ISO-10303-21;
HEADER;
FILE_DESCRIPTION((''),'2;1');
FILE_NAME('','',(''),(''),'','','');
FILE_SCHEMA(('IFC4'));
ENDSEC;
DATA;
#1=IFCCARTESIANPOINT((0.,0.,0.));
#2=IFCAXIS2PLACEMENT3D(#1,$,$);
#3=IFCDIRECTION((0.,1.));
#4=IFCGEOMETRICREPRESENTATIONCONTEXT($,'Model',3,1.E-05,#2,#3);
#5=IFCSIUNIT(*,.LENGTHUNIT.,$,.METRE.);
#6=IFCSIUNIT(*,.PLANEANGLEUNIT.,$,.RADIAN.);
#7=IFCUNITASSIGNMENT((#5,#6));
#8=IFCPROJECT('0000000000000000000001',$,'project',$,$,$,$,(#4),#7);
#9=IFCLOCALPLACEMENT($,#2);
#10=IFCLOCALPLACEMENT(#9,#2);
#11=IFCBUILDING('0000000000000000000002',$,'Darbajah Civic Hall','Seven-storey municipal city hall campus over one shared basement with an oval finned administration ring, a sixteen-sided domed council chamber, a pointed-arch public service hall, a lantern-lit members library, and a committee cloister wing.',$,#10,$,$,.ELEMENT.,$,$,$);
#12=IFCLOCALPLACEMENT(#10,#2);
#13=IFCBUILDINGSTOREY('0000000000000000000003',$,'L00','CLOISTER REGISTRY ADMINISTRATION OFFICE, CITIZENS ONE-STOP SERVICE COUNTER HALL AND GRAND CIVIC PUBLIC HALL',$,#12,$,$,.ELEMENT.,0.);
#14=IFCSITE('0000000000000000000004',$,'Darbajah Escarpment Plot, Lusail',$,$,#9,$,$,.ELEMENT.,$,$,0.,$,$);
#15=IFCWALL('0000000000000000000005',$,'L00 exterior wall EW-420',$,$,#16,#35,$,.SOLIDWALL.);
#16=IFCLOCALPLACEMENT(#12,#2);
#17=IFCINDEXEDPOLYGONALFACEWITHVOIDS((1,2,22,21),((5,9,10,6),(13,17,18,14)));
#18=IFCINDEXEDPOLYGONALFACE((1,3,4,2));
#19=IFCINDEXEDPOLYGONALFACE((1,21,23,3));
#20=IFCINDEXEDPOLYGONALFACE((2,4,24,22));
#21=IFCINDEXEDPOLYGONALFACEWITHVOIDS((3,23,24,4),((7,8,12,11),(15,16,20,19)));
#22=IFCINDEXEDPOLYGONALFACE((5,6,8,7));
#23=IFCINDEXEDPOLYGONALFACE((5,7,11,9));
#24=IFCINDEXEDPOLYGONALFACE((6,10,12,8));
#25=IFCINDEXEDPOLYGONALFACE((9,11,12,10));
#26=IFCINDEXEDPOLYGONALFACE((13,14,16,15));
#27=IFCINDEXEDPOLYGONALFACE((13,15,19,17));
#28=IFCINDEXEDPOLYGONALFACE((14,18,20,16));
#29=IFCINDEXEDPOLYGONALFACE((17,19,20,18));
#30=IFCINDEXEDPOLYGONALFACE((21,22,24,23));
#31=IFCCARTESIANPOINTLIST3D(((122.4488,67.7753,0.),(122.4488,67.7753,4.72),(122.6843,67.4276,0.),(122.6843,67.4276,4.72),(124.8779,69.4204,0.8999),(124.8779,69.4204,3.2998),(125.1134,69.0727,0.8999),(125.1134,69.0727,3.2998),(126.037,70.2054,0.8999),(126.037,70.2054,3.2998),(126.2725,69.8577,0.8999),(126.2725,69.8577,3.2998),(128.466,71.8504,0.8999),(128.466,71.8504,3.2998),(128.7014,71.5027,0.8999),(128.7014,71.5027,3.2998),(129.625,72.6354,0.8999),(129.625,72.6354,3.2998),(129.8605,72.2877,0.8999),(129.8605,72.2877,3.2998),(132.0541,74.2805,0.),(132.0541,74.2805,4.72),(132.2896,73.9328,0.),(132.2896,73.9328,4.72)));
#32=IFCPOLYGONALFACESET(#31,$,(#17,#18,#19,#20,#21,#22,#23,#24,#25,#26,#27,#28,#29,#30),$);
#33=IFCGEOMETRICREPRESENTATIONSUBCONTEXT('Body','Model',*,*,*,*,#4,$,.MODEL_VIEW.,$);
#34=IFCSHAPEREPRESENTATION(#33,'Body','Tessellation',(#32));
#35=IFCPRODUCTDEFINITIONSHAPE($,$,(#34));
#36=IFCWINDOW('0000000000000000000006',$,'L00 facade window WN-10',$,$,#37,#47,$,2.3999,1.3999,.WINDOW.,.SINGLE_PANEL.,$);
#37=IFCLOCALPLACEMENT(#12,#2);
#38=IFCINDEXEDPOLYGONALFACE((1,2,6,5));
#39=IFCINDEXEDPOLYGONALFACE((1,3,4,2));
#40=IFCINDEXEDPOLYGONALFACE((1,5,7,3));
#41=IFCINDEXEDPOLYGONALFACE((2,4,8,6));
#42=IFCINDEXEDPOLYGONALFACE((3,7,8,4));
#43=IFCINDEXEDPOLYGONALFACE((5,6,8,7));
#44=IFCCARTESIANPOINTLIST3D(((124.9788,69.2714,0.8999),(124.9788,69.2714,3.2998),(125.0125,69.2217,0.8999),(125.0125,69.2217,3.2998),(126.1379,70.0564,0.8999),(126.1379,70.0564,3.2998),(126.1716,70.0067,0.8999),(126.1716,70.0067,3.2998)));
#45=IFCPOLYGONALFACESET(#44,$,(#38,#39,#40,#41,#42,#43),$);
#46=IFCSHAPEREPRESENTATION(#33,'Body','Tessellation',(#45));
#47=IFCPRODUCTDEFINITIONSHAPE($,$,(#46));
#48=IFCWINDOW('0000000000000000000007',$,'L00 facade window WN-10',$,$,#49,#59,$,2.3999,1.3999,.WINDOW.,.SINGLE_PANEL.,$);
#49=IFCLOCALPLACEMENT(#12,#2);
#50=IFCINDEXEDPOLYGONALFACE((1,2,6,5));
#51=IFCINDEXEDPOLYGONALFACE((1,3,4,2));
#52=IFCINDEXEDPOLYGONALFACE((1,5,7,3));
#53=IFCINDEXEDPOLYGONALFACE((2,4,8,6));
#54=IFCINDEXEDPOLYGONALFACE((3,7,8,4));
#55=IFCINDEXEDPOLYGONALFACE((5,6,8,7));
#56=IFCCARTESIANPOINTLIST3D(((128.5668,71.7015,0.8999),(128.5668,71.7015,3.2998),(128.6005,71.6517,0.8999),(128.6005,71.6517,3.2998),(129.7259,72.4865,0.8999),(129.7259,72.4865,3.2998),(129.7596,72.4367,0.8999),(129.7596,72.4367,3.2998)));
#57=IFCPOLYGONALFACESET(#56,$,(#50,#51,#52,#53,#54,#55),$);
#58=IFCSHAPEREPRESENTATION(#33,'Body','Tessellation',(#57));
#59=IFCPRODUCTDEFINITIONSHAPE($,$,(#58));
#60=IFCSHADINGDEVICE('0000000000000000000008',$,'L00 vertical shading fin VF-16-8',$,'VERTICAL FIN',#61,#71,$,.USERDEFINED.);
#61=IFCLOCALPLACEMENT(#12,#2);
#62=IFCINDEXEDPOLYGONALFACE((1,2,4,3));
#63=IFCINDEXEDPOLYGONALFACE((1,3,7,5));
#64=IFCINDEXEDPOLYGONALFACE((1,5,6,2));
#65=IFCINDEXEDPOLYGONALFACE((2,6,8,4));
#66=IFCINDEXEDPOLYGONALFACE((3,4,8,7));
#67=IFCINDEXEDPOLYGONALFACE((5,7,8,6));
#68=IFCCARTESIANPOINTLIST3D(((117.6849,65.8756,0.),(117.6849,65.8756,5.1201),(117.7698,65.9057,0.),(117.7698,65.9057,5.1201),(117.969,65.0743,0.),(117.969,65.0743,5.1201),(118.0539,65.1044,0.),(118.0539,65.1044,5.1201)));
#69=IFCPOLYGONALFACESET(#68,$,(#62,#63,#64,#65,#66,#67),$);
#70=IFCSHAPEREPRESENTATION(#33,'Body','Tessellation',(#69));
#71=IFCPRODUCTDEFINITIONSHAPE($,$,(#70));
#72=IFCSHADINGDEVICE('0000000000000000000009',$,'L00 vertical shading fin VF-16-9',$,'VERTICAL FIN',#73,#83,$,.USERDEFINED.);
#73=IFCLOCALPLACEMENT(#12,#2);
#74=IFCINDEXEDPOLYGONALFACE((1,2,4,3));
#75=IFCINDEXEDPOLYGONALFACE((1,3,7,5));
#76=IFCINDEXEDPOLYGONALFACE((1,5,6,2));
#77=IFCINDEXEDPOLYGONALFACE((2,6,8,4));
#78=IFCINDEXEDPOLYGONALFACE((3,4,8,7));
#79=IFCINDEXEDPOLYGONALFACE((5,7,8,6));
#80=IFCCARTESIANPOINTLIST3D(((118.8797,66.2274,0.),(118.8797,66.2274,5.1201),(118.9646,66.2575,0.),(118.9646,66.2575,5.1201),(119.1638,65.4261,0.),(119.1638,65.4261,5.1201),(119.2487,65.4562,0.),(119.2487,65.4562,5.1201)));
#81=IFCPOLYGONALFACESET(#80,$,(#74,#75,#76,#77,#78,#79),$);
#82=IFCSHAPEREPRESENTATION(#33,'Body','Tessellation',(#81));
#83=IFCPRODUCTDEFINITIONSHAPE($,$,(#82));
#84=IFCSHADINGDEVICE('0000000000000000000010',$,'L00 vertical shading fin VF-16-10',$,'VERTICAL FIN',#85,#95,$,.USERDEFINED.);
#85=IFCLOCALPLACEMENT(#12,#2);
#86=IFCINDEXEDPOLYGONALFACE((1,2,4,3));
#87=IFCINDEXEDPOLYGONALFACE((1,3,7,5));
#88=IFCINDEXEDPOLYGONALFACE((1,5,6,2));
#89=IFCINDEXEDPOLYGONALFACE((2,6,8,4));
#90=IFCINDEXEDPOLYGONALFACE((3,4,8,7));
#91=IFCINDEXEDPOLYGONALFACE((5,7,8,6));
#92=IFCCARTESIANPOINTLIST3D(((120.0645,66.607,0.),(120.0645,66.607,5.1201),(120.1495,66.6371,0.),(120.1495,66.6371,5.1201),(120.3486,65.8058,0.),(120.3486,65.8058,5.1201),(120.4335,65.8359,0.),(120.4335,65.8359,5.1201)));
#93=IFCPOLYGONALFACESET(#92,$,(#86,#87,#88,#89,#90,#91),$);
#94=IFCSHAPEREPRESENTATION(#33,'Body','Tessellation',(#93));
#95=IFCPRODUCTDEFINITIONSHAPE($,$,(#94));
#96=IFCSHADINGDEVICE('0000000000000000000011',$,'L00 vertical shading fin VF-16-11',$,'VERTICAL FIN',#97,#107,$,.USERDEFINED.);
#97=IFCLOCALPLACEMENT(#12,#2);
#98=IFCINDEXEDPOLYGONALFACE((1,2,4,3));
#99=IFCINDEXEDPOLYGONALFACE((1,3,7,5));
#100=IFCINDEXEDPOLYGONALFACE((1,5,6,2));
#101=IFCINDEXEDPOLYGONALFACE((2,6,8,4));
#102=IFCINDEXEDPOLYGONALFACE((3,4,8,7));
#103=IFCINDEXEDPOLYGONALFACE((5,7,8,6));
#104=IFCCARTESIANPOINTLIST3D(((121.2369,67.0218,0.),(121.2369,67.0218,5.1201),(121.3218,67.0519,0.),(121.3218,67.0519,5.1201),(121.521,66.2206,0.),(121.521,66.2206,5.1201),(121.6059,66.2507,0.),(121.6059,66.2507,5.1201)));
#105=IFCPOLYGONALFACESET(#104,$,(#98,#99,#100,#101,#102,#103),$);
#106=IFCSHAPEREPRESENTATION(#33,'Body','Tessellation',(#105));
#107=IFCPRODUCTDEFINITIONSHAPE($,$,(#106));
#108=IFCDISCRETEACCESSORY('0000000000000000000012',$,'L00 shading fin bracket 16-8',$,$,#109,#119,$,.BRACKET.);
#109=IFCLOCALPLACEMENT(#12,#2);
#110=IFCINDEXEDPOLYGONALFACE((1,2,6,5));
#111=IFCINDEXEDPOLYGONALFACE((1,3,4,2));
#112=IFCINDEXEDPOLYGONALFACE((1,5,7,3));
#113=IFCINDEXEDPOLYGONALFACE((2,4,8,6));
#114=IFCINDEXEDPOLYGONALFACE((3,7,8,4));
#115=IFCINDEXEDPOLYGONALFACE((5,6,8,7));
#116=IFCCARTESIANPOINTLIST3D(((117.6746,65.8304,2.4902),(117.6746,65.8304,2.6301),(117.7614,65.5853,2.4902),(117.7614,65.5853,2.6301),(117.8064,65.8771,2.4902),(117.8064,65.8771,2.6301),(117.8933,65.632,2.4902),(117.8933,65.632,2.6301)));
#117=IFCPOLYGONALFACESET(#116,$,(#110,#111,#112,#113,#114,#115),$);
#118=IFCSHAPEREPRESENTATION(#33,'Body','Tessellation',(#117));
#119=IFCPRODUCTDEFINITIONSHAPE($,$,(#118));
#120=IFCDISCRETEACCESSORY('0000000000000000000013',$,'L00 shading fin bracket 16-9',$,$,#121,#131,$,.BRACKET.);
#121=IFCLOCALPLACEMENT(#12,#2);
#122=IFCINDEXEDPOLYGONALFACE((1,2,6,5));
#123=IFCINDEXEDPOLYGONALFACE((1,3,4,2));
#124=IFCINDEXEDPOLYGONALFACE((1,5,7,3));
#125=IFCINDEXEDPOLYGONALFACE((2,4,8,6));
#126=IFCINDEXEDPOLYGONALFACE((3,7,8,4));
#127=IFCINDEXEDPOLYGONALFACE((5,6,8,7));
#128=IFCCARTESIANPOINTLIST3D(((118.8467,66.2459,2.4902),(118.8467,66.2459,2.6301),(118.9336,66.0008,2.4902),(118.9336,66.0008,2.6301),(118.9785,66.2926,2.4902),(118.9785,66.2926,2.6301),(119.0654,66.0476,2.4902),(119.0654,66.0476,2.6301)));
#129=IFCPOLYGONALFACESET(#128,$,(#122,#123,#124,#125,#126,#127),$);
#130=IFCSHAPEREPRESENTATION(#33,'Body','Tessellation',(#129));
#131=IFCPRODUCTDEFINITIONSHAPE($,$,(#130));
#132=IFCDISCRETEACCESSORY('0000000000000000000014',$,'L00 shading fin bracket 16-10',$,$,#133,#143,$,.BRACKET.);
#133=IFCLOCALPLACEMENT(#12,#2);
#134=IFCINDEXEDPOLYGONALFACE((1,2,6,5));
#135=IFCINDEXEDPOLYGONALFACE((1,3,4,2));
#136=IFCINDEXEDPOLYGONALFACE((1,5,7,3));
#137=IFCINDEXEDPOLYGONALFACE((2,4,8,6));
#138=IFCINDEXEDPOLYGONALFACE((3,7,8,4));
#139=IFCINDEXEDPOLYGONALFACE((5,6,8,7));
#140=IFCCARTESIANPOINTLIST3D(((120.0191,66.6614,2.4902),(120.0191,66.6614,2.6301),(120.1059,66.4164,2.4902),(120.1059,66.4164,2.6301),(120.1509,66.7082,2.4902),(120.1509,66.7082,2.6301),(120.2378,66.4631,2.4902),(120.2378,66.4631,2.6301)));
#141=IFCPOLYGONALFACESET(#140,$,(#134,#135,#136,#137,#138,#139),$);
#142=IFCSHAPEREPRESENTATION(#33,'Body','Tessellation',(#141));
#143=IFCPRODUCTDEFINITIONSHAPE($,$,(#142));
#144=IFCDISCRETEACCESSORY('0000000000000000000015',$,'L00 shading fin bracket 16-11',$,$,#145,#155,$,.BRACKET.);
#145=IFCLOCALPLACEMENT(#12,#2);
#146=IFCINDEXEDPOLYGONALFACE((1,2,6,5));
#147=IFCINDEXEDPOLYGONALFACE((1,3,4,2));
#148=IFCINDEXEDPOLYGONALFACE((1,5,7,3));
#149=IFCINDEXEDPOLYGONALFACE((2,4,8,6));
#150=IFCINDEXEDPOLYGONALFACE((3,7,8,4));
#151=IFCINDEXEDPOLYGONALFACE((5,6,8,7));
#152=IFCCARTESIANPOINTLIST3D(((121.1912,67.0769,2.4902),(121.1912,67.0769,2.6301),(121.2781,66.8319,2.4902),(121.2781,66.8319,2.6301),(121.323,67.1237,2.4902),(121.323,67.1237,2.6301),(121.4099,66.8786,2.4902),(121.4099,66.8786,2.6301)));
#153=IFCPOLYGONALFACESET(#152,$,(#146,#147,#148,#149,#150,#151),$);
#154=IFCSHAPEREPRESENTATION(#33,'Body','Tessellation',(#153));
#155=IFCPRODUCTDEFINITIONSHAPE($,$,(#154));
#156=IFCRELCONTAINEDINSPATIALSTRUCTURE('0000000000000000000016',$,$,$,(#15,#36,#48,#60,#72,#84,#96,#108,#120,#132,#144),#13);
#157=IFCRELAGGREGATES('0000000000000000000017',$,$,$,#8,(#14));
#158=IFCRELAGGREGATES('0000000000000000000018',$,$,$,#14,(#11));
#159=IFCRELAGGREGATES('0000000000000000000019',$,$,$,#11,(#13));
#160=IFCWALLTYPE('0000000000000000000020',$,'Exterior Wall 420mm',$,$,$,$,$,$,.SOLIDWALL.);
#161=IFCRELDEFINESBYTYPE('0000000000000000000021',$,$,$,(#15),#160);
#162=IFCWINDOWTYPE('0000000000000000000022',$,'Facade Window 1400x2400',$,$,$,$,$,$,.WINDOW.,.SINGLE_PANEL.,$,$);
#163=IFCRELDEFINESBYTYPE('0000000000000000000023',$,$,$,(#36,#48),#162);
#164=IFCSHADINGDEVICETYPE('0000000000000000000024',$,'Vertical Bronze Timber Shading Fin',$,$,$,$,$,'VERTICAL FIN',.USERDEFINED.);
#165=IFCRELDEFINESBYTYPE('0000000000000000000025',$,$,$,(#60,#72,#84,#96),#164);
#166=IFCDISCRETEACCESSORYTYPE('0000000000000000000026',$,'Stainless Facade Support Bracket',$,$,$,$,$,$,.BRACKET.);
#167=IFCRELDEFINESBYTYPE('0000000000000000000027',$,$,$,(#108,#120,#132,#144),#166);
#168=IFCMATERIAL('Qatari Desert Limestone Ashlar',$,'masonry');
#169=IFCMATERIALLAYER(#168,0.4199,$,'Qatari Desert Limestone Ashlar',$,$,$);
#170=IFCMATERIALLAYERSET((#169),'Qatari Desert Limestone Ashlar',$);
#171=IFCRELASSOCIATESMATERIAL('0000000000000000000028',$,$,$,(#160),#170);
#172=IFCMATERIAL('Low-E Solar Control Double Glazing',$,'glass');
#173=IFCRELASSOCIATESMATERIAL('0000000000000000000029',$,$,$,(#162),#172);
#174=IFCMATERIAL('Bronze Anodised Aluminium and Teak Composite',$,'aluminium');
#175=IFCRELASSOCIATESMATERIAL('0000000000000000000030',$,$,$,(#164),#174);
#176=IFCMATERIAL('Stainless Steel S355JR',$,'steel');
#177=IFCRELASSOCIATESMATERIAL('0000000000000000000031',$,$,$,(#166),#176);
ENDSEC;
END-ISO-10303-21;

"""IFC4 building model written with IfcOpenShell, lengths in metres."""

from ifc_helpers import new_model, si_unit, direction, frame, frame_2d, origin, origin_2d, place, context, subcontext, project, spatial, rectangle, extrude, material, layer, layer_set, type_object, element, fill, save


model = new_model("IFC4")

# Units and contexts
model_context = context("Model", 3, precision=1e-05, world=origin(), true_north=direction((0.0, 1.0)))
body_context = subcontext(model_context, "Body", "Model", "MODEL_VIEW")
ifc_project = project(units=[si_unit("LENGTHUNIT", "METRE"), si_unit("PLANEANGLEUNIT", "RADIAN")], contexts=[model_context])

# Site, building, storey
site_placement = place(None, origin())
site = spatial("IfcSite", under=ifc_project, at=site_placement, Name="Darbajah Escarpment Plot, Lusail", CompositionType="ELEMENT", RefElevation=0.0)
building_placement = place(site_placement, origin())
building = spatial("IfcBuilding", under=site, at=building_placement, Name="Darbajah Civic Hall", Description="Seven-storey municipal city hall campus over one shared basement with an oval finned administration ring, a sixteen-sided domed council chamber, a pointed-arch public service hall, a lantern-lit members library, and a committee cloister wing.", CompositionType="ELEMENT")
storey_placement = place(building_placement, origin())
storey = spatial("IfcBuildingStorey", under=building, at=storey_placement, Name="L00", Description="CLOISTER REGISTRY ADMINISTRATION OFFICE, CITIZENS ONE-STOP SERVICE COUNTER HALL AND GRAND CIVIC PUBLIC HALL", CompositionType="ELEMENT", Elevation=0.0)

# Shared definitions
ifc_material_1 = material(Name="Low-E Solar Control Double Glazing", Category="glass")

# Wall, openings, windows
ifc_material_2 = material(Name="Qatari Desert Limestone Ashlar", Category="masonry")
ifc_layer_1 = layer(ifc_material_2, 0.4199, Name="Qatari Desert Limestone Ashlar")
ifc_layer_set_1 = layer_set([ifc_layer_1], Name="Qatari Desert Limestone Ashlar")
wall_type = type_object("IfcWallType", Name="Exterior Wall 420mm", PredefinedType="SOLIDWALL", material=ifc_layer_set_1)
wall_placement = place(storey_placement, frame((122.5667, 67.6016, 0.0), z_axis=(0.0, 0.0, 1.0), x_axis=(0.827984, 0.560751, 0.0)))
wall = element("IfcWall", 1, at=wall_placement, inside=storey, type_object=wall_type, Name="L00 exterior wall EW-420", PredefinedType="SOLIDWALL", context=body_context, shape_type="SweptSolid", body=[
    extrude(rectangle(XDim=11.6008, YDim=0.4199, at=frame_2d((5.8003, 0.0))), origin(), (0.0, 0.0, 1.0), 4.72),
])
opening_1_placement = place(wall_placement, frame((2.9336, 0.0, 0.8999)))
opening_1 = element("IfcOpeningElement", 2, at=opening_1_placement, cuts=wall, PredefinedType="OPENING", context=body_context, shape_type="SweptSolid", body=[
    extrude(rectangle(XDim=1.3999, YDim=2.3999, at=frame_2d((0.7, 1.2))), frame((0.0, 0.22, 0.0), z_axis=(0.0, -1.0, 0.0), x_axis=(1.0, 0.0, 0.0)), (0.0, 0.0, 1.0), 0.4399),
])
opening_2_placement = place(wall_placement, frame((7.2671, 0.0, 0.8999)))
opening_2 = element("IfcOpeningElement", 3, at=opening_2_placement, cuts=wall, PredefinedType="OPENING", context=body_context, shape_type="SweptSolid", body=[
    extrude(rectangle(XDim=1.3999, YDim=2.3999, at=frame_2d((0.7, 1.2))), frame((0.0, 0.22, 0.0), z_axis=(0.0, -1.0, 0.0), x_axis=(1.0, 0.0, 0.0)), (0.0, 0.0, 1.0), 0.4399),
])
window_type = type_object("IfcWindowType", Name="Facade Window 1400x2400", PartitioningType="SINGLE_PANEL", PredefinedType="WINDOW", material=ifc_material_1)
window_1_placement = place(opening_1_placement, origin())
window_1 = element("IfcWindow", 4, at=window_1_placement, inside=storey, type_object=window_type, Name="L00 facade window WN-10", OverallHeight=2.3999, OverallWidth=1.3999, PartitioningType="SINGLE_PANEL", PredefinedType="WINDOW", context=body_context, shape_type="SweptSolid", body=[
    extrude(rectangle(XDim=1.3999, YDim=2.3999, at=frame_2d((0.7, 1.2))), frame((0.0, 0.03, 0.0), z_axis=(0.0, -1.0, 0.0), x_axis=(1.0, 0.0, 0.0)), (0.0, 0.0, 1.0), 0.0601),
])
fill(opening_1, window_1)
window_2_placement = place(opening_2_placement, origin())
window_2 = element("IfcWindow", 5, at=window_2_placement, inside=storey, type_object=window_type, Name="L00 facade window WN-10", OverallHeight=2.3999, OverallWidth=1.3999, PartitioningType="SINGLE_PANEL", PredefinedType="WINDOW", context=body_context, shape_type="SweptSolid", body=[
    extrude(rectangle(XDim=1.3999, YDim=2.3999, at=frame_2d((0.7, 1.2))), frame((0.0, 0.03, 0.0), z_axis=(0.0, -1.0, 0.0), x_axis=(1.0, 0.0, 0.0)), (0.0, 0.0, 1.0), 0.0601),
])
fill(opening_2, window_2)

# Shading devices
ifc_material_3 = material(Name="Bronze Anodised Aluminium and Teak Composite", Category="aluminium")
shading_device_type = type_object("IfcShadingDeviceType", Name="Vertical Bronze Timber Shading Fin", ElementType="VERTICAL FIN", PredefinedType="USERDEFINED", material=ifc_material_3)
for number, where, z_axis, x_axis, name in (
    (6, (117.8694, 65.49, 0.0), (0.0, 0.0, 1.0), (0.334136, -0.942525, 0.0), "L00 vertical shading fin VF-16-8"),
    (7, (119.0642, 65.8418, 0.0), (0.0, 0.0, 1.0), (0.334136, -0.942525, 0.0), "L00 vertical shading fin VF-16-9"),
    (8, (120.249, 66.2214, 0.0), (0.0, 0.0, 1.0), (0.334136, -0.942525, 0.0), "L00 vertical shading fin VF-16-10"),
    (9, (121.4214, 66.6362, 0.0), (0.0, 0.0, 1.0), (0.334136, -0.942525, 0.0), "L00 vertical shading fin VF-16-11"),
):
    element("IfcShadingDevice", number, at=place(storey_placement, frame(where, z_axis=z_axis, x_axis=x_axis)), inside=storey, type_object=shading_device_type, Name=name, ObjectType="VERTICAL FIN", PredefinedType="USERDEFINED", context=body_context, shape_type="SweptSolid", body=[
        extrude(rectangle(XDim=0.8501, YDim=0.0901, at=origin_2d()), origin(), (0.0, 0.0, 1.0), 5.1201),
    ])

# Discrete accessories
ifc_material_4 = material(Name="Stainless Steel S355JR", Category="steel")
discrete_accessory_type = type_object("IfcDiscreteAccessoryType", Name="Stainless Facade Support Bracket", PredefinedType="BRACKET", material=ifc_material_4)
for number, where, z_axis, x_axis, name in (
    (10, (117.7839, 65.7312, 2.4902), (0.0, 0.0, 1.0), (0.334136, -0.942525, 0.0), "L00 shading fin bracket 16-8"),
    (11, (118.9561, 66.1467, 2.4902), (0.0, 0.0, 1.0), (0.334136, -0.942525, 0.0), "L00 shading fin bracket 16-9"),
    (12, (120.1284, 66.5623, 2.4902), (0.0, 0.0, 1.0), (0.334136, -0.942525, 0.0), "L00 shading fin bracket 16-10"),
    (13, (121.3005, 66.9778, 2.4902), (0.0, 0.0, 1.0), (0.334136, -0.942525, 0.0), "L00 shading fin bracket 16-11"),
):
    element("IfcDiscreteAccessory", number, at=place(storey_placement, frame(where, z_axis=z_axis, x_axis=x_axis)), inside=storey, type_object=discrete_accessory_type, Name=name, PredefinedType="BRACKET", context=body_context, shape_type="SweptSolid", body=[
        extrude(rectangle(XDim=0.26, YDim=0.1399, at=origin_2d()), origin(), (0.0, 0.0, 1.0), 0.1399),
    ])

save(model, "model.ifc")
